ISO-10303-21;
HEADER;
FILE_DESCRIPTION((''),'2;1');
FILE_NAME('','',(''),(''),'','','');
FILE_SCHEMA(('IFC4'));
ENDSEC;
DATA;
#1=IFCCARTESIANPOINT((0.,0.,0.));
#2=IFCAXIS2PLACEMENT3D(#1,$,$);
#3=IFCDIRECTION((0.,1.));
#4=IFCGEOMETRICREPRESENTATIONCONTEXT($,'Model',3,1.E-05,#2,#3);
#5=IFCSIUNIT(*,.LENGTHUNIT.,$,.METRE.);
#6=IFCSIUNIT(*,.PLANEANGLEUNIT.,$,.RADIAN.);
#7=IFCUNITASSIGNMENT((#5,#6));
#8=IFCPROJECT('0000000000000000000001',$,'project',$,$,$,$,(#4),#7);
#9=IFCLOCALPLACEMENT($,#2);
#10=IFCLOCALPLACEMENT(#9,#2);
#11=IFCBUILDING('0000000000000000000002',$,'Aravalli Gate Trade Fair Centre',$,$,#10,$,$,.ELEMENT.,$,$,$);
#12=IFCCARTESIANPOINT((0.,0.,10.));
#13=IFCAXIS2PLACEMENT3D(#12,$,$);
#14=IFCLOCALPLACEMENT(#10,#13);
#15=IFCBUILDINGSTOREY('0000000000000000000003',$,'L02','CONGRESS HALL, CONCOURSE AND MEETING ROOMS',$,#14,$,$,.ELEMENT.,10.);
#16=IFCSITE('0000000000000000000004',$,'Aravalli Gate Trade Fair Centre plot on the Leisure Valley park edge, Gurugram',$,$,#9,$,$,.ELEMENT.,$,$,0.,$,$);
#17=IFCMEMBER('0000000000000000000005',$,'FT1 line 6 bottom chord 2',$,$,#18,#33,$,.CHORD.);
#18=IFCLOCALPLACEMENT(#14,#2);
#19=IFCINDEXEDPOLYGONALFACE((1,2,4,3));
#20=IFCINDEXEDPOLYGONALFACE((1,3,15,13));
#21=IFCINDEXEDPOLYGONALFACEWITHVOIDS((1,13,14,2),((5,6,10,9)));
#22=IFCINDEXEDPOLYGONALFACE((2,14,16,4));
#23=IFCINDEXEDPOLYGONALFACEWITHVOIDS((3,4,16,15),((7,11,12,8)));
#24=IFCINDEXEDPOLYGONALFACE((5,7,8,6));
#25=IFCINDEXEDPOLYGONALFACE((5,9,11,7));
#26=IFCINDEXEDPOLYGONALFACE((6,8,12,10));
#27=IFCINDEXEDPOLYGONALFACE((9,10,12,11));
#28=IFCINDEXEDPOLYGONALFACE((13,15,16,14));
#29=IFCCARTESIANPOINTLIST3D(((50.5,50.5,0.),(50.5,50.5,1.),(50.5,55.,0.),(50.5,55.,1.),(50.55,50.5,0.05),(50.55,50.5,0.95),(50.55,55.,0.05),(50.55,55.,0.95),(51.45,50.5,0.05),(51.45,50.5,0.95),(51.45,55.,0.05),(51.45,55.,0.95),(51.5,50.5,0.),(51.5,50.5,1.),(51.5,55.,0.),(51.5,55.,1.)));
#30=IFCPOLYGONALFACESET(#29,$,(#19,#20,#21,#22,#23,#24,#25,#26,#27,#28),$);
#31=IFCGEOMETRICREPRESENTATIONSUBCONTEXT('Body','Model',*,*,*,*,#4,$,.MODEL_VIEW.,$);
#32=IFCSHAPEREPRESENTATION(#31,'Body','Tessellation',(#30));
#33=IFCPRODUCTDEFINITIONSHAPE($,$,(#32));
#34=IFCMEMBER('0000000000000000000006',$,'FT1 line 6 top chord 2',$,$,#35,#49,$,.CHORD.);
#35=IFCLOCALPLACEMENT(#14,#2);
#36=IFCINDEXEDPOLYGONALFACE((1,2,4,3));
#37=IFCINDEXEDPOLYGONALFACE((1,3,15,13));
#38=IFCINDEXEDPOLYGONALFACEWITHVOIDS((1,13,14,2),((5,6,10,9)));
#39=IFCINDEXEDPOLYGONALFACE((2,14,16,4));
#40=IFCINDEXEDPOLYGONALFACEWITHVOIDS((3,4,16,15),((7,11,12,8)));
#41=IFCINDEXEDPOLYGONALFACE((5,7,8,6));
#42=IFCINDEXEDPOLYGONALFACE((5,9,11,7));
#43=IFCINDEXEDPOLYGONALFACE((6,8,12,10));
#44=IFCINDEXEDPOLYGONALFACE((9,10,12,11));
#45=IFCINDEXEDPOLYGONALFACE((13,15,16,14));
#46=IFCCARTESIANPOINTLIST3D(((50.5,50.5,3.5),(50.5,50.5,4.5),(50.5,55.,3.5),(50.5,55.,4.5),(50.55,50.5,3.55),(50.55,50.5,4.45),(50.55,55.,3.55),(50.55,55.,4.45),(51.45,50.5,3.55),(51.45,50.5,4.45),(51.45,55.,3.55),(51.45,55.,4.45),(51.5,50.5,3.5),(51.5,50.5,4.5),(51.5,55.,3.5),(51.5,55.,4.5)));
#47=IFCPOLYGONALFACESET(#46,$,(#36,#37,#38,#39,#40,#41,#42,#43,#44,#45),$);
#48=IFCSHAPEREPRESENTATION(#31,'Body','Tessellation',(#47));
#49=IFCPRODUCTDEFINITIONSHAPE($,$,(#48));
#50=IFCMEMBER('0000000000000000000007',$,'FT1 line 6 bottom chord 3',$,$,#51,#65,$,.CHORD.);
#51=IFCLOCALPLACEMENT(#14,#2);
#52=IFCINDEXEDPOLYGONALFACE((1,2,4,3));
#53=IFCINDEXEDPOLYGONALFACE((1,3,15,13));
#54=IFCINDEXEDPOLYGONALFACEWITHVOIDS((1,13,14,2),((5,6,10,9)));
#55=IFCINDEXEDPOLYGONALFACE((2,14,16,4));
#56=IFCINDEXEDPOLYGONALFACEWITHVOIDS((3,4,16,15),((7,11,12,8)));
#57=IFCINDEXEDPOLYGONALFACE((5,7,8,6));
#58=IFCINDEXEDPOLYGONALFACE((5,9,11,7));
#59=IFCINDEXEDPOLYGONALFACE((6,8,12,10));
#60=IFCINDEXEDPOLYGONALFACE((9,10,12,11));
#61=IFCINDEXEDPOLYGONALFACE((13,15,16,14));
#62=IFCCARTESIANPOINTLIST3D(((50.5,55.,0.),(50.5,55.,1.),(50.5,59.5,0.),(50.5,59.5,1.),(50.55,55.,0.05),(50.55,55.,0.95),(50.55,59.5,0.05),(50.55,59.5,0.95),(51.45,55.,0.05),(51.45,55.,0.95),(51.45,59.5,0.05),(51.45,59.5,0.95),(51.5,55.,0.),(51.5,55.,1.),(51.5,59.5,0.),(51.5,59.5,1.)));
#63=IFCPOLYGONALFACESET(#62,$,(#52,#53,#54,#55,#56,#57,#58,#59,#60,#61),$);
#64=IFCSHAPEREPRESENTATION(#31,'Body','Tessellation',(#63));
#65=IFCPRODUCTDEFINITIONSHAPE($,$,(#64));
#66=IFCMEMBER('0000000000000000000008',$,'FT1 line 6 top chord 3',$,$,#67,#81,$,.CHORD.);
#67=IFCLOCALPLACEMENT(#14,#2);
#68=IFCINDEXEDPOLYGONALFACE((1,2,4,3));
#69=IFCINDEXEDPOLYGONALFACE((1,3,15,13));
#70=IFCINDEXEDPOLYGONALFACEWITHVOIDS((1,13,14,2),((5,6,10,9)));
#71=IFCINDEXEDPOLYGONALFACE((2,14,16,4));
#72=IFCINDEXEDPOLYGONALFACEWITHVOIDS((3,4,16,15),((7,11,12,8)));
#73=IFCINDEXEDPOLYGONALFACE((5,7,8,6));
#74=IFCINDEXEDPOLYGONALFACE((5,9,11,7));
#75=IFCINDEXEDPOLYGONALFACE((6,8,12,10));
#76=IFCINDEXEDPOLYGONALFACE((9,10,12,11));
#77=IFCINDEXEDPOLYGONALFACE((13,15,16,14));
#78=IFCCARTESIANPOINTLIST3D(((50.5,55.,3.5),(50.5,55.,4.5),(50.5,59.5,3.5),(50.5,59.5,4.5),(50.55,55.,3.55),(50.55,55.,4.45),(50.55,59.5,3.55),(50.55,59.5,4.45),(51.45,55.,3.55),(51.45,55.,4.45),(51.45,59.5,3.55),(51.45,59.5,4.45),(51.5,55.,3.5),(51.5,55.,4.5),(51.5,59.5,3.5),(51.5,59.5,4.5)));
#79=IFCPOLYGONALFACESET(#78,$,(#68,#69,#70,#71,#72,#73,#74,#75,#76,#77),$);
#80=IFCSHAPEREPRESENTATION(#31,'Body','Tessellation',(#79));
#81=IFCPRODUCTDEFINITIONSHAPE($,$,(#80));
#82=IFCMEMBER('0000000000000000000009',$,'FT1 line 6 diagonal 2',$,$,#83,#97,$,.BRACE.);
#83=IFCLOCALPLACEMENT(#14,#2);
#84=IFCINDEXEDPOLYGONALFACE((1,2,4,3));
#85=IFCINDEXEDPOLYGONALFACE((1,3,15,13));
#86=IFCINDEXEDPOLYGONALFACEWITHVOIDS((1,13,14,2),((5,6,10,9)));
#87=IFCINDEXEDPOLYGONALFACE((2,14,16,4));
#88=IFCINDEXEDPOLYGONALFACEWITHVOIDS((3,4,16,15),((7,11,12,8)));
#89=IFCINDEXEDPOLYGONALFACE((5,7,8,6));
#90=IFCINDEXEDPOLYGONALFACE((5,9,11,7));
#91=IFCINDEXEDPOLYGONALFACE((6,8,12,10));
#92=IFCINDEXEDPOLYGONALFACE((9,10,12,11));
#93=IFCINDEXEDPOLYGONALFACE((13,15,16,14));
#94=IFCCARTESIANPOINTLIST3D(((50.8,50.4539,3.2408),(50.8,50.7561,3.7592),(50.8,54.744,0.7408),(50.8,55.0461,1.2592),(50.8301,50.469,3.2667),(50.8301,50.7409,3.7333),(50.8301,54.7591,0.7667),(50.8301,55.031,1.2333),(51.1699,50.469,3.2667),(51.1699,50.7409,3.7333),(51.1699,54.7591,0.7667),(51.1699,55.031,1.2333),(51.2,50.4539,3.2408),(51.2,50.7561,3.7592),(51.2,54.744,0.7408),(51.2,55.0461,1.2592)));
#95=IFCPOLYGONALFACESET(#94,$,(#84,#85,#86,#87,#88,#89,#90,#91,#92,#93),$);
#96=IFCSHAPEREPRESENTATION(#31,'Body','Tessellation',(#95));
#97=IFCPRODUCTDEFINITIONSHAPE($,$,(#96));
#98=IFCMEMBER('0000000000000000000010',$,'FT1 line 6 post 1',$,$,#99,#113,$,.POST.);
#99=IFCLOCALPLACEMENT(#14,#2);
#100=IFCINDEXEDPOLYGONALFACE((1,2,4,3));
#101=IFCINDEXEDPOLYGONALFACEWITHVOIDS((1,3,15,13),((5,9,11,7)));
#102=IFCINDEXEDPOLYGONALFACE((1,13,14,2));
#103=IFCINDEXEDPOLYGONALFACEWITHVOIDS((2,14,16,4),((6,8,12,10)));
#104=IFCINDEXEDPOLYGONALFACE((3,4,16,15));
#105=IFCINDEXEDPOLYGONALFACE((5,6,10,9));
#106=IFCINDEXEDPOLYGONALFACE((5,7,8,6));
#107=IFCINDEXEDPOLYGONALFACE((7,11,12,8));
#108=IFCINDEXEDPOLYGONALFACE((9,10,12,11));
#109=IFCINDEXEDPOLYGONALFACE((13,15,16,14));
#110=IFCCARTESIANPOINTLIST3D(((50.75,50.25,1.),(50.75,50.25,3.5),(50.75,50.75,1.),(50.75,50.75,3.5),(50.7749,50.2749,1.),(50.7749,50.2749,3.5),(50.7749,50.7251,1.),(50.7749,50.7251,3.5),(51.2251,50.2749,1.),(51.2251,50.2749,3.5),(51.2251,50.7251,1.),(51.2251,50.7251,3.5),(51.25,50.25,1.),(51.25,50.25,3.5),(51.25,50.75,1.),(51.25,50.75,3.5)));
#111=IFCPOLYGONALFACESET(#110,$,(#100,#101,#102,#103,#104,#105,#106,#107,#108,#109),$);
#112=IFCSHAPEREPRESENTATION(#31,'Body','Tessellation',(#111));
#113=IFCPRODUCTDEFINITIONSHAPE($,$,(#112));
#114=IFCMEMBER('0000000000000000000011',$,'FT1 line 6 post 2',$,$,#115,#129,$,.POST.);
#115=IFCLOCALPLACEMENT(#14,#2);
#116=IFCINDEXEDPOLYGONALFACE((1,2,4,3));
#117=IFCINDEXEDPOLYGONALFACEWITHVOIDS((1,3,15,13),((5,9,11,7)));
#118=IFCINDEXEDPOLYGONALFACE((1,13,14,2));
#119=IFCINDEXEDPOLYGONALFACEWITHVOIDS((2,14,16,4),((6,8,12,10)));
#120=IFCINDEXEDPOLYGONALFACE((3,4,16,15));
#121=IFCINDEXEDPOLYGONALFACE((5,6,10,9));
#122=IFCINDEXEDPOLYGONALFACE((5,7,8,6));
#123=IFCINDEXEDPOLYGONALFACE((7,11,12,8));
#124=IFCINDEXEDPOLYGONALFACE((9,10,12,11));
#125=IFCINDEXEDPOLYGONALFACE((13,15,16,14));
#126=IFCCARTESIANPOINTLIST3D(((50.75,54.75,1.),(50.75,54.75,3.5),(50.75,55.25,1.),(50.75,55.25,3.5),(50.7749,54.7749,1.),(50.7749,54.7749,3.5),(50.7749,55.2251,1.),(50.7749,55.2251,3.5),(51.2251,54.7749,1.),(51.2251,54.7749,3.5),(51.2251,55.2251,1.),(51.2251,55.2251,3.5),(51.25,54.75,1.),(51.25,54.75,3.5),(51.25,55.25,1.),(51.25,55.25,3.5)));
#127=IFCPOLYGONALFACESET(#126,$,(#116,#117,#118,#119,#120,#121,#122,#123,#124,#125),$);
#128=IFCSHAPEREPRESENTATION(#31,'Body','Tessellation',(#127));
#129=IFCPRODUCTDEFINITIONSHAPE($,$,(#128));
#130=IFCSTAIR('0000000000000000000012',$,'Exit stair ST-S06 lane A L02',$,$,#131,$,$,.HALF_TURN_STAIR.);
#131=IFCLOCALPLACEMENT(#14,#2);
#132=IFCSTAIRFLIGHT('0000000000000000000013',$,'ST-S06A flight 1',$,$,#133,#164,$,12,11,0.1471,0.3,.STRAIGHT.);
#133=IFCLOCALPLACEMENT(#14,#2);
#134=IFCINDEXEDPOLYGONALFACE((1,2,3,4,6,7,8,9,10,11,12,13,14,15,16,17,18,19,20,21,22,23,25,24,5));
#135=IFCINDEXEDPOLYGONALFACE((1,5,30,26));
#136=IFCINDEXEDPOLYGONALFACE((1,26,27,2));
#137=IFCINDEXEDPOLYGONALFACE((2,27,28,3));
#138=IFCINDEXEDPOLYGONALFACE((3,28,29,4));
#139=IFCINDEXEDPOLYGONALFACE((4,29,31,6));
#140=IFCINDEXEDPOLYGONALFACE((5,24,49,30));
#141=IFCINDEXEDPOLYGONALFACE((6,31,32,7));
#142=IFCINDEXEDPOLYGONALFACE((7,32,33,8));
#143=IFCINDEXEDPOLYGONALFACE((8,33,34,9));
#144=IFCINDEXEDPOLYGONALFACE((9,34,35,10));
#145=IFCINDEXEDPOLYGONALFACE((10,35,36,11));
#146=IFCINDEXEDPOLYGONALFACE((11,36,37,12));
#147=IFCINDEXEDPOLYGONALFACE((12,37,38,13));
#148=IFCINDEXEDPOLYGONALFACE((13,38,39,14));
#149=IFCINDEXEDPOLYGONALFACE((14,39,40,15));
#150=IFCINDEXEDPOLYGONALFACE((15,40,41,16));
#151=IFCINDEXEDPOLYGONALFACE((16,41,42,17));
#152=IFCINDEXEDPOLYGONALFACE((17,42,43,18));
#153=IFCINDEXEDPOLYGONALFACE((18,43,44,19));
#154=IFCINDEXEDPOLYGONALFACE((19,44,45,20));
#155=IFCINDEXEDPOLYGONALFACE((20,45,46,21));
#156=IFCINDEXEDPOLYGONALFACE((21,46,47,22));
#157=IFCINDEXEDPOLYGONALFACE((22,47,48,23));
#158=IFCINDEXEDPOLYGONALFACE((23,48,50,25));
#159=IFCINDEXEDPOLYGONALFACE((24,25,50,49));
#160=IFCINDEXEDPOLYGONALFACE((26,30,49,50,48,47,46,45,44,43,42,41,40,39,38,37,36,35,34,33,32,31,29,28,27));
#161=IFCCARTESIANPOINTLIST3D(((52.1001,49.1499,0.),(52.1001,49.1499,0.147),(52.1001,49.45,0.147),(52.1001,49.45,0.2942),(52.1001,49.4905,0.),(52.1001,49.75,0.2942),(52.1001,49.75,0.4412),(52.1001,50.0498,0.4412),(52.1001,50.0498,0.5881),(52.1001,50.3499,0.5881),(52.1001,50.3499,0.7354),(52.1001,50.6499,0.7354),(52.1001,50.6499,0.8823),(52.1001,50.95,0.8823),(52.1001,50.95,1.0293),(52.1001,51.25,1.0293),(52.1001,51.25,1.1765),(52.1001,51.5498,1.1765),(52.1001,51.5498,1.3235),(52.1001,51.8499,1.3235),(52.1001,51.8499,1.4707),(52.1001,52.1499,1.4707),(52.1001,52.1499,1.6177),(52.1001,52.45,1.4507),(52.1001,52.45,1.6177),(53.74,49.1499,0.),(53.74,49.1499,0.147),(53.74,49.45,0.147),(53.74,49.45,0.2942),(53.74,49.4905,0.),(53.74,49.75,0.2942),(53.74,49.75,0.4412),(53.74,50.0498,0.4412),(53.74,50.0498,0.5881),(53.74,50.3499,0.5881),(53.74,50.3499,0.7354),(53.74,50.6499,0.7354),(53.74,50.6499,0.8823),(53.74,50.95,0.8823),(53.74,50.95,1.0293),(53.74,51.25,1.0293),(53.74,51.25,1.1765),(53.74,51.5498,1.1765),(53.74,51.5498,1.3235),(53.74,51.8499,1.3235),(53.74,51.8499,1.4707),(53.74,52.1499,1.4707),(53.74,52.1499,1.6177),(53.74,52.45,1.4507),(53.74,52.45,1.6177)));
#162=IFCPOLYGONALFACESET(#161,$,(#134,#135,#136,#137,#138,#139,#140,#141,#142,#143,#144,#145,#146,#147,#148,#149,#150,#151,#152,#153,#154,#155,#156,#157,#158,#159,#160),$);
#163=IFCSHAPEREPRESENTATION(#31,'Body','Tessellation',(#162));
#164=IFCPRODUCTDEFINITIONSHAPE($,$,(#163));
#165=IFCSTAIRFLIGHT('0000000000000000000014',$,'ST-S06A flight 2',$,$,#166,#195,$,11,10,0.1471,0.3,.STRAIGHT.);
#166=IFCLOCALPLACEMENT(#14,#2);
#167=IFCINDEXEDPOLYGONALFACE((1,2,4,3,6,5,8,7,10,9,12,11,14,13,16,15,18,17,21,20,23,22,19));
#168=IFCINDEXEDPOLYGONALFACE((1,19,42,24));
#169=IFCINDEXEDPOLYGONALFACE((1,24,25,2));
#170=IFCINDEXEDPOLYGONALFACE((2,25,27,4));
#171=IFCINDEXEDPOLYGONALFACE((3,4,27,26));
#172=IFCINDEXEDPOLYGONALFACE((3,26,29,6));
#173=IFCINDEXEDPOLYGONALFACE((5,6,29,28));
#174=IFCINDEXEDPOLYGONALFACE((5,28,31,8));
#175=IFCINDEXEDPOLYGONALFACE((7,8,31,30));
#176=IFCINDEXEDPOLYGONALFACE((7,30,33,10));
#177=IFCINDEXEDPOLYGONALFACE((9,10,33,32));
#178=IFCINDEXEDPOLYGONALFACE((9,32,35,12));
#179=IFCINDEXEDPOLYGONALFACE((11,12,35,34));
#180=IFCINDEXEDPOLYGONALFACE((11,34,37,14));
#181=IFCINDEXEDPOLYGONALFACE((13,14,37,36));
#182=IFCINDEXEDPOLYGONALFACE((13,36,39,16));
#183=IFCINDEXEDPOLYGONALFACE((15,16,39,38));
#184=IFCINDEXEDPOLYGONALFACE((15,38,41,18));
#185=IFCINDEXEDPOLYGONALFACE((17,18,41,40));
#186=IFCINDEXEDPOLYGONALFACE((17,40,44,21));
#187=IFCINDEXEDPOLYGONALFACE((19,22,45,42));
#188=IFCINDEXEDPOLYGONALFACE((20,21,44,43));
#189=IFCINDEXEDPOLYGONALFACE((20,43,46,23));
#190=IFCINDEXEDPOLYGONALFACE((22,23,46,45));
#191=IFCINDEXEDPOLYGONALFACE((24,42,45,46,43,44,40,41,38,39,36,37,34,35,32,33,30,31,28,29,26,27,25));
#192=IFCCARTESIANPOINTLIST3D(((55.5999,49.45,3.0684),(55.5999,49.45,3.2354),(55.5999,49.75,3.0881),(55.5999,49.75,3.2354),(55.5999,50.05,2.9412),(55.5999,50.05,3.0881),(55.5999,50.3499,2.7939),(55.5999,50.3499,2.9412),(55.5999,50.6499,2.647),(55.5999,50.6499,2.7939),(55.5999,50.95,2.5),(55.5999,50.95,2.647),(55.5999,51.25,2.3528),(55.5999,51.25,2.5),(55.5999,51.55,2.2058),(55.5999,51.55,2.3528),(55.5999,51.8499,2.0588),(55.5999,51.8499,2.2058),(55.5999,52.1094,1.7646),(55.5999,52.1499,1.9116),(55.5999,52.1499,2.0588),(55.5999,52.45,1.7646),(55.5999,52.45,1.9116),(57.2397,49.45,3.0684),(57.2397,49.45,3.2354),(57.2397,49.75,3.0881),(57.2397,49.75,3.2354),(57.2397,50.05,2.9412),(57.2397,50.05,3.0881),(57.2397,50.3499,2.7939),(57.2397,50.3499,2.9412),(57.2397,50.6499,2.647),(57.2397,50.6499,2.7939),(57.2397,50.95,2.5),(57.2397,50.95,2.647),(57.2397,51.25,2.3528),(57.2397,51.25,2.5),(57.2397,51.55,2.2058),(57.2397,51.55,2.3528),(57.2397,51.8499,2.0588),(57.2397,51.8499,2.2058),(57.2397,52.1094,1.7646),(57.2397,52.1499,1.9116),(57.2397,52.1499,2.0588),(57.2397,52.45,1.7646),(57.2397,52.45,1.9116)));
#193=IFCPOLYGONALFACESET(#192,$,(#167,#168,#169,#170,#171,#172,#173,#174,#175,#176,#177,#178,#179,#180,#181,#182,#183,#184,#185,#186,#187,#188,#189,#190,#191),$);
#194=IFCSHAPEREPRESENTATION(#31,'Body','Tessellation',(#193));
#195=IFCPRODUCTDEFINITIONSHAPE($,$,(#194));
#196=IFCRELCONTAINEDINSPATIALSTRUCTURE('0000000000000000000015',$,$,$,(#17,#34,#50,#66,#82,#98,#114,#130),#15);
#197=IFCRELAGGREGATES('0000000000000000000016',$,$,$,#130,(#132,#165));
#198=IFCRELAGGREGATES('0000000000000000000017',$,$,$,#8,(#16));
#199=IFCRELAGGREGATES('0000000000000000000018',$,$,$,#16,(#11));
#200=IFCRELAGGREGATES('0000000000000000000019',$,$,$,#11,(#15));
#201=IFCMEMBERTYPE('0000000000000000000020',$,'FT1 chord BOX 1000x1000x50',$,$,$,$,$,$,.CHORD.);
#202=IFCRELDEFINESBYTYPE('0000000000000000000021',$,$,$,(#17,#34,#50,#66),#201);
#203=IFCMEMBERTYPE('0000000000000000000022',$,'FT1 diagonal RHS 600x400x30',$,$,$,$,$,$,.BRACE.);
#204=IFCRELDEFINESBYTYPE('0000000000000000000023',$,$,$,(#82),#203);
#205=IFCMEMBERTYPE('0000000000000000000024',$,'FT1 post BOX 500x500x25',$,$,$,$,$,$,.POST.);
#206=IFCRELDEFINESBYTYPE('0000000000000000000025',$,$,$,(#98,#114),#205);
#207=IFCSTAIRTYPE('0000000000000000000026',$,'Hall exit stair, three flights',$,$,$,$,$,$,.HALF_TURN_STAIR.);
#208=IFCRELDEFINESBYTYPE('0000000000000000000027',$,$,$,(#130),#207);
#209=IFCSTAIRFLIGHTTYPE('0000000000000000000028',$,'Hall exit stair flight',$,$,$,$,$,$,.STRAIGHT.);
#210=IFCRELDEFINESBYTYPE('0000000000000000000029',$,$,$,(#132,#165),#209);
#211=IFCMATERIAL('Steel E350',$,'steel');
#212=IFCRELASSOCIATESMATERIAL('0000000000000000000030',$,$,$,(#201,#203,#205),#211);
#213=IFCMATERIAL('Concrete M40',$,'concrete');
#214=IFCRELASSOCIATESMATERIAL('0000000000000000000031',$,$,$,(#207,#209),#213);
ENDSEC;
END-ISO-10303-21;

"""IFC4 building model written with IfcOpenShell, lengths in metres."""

from ifc_helpers import new_model, si_unit, direction, frame, origin, origin_2d, place, context, subcontext, project, spatial, polyline, hollow_rectangle, outline, extrude, material, material_profile, profile_set, type_object, element, aggregate, save


model = new_model("IFC4")

# Units and contexts
model_context = context("Model", 3, precision=1e-05, world=origin(), true_north=direction((0.0, 1.0)))
body_context = subcontext(model_context, "Body", "Model", "MODEL_VIEW")
ifc_project = project(units=[si_unit("LENGTHUNIT", "METRE"), si_unit("PLANEANGLEUNIT", "RADIAN")], contexts=[model_context])

# Site, building, storey
site_placement = place(None, origin())
site = spatial("IfcSite", under=ifc_project, at=site_placement, Name="Aravalli Gate Trade Fair Centre plot on the Leisure Valley park edge, Gurugram", CompositionType="ELEMENT", RefElevation=0.0)
building_placement = place(site_placement, origin())
building = spatial("IfcBuilding", under=site, at=building_placement, Name="Aravalli Gate Trade Fair Centre", CompositionType="ELEMENT")
storey_placement = place(building_placement, frame((0.0, 0.0, 10.0)))
storey = spatial("IfcBuildingStorey", under=building, at=storey_placement, Name="L02", Description="CONGRESS HALL, CONCOURSE AND MEETING ROOMS", CompositionType="ELEMENT", Elevation=10.0)

# Members
ifc_material_1 = material(Name="Steel E350", Category="steel")
ifc_material_profile_1 = material_profile(ifc_material_1, hollow_rectangle(XDim=1.0, YDim=1.0, WallThickness=0.05, at=origin_2d()), Name="BOX 1000x1000x50")
ifc_profile_set_1 = profile_set([ifc_material_profile_1], Name="Steel E350")
member_type_1 = type_object("IfcMemberType", Name="FT1 chord BOX 1000x1000x50", PredefinedType="CHORD", material=ifc_profile_set_1)
for number, where, z_axis, x_axis, name in (
    (1, (51.0, 50.5, 0.5), (0.0, 1.0, 0.0), (-1.0, 0.0, 0.0), "FT1 line 6 bottom chord 2"),
    (2, (51.0, 50.5, 4.0), (0.0, 1.0, 0.0), (-1.0, 0.0, 0.0), "FT1 line 6 top chord 2"),
    (3, (51.0, 55.0, 0.5), (0.0, 1.0, 0.0), (-1.0, 0.0, 0.0), "FT1 line 6 bottom chord 3"),
    (4, (51.0, 55.0, 4.0), (0.0, 1.0, 0.0), (-1.0, 0.0, 0.0), "FT1 line 6 top chord 3"),
):
    element("IfcMember", number, at=place(storey_placement, frame(where, z_axis=z_axis, x_axis=x_axis)), inside=storey, type_object=member_type_1, Name=name, PredefinedType="CHORD", context=body_context, shape_type="SweptSolid", body=[
        extrude(hollow_rectangle(XDim=1.0, YDim=1.0, WallThickness=0.05, at=origin_2d()), origin(), (0.0, 0.0, 1.0), 4.5),
    ])
ifc_material_profile_2 = material_profile(ifc_material_1, hollow_rectangle(XDim=0.3999, YDim=0.6001, WallThickness=0.03, at=origin_2d()), Name="RHS 600x400x30")
ifc_profile_set_2 = profile_set([ifc_material_profile_2], Name="Steel E350")
member_type_2 = type_object("IfcMemberType", Name="FT1 diagonal RHS 600x400x30", PredefinedType="BRACE", material=ifc_profile_set_2)
member_placement = place(storey_placement, frame((51.0, 50.605, 3.5), z_axis=(0.0, 0.864, -0.503492), x_axis=(-1.0, 0.0, 0.0)))
element("IfcMember", 5, at=member_placement, inside=storey, type_object=member_type_2, Name="FT1 line 6 diagonal 2", PredefinedType="BRACE", context=body_context, shape_type="SweptSolid", body=[
    extrude(hollow_rectangle(XDim=0.3999, YDim=0.6001, WallThickness=0.03, at=origin_2d()), origin(), (0.0, 0.0, 1.0), 4.9653),
])
ifc_material_profile_3 = material_profile(ifc_material_1, hollow_rectangle(XDim=0.5, YDim=0.5, WallThickness=0.0249, at=origin_2d()), Name="BOX 500x500x25")
ifc_profile_set_3 = profile_set([ifc_material_profile_3], Name="Steel E350")
member_type_3 = type_object("IfcMemberType", Name="FT1 post BOX 500x500x25", PredefinedType="POST", material=ifc_profile_set_3)
for number, where, z_axis, x_axis, name in (
    (6, (51.0, 50.5, 1.0), (0.0, 0.0, 1.0), (1.0, 0.0, 0.0), "FT1 line 6 post 1"),
    (7, (51.0, 55.0, 1.0), (0.0, 0.0, 1.0), (1.0, 0.0, 0.0), "FT1 line 6 post 2"),
):
    element("IfcMember", number, at=place(storey_placement, frame(where, z_axis=z_axis, x_axis=x_axis)), inside=storey, type_object=member_type_3, Name=name, PredefinedType="POST", context=body_context, shape_type="SweptSolid", body=[
        extrude(hollow_rectangle(XDim=0.5, YDim=0.5, WallThickness=0.0249, at=origin_2d()), origin(), (0.0, 0.0, 1.0), 2.5),
    ])

# Stair, stair flights
ifc_material_2 = material(Name="Concrete M40", Category="concrete")
stair_type = type_object("IfcStairType", Name="Hall exit stair, three flights", PredefinedType="HALF_TURN_STAIR", material=ifc_material_2)
stair_1_placement = place(storey_placement, origin())
stair_1 = element("IfcStair", 8, at=stair_1_placement, inside=storey, type_object=stair_type, Name="Exit stair ST-S06 lane A L02", PredefinedType="HALF_TURN_STAIR")
stair_flight_type = type_object("IfcStairFlightType", Name="Hall exit stair flight", PredefinedType="STRAIGHT", material=ifc_material_2)
stair_flight_1_placement = place(storey_placement, frame((52.9199, 49.1499, 0.0), z_axis=(0.0, 0.0, 1.0), x_axis=(0.0, 1.0, 0.0)))
stair_flight_1 = element("IfcStairFlight", 9, at=stair_flight_1_placement, type_object=stair_flight_type, Name="ST-S06A flight 1", NumberOfRisers=12, NumberOfTreads=11, PredefinedType="STRAIGHT", RiserHeight=0.1471, TreadLength=0.3, context=body_context, shape_type="SweptSolid", body=[
    extrude(outline(polyline([(0.0, 0.0), (0.0, 0.147), (0.3, 0.147), (0.3, 0.2942), (0.6001, 0.2942), (0.6001, 0.4412), (0.8999, 0.4412), (0.8999, 0.5881), (1.2, 0.5881), (1.2, 0.7354), (1.5, 0.7354), (1.5, 0.8823), (1.8, 0.8823), (1.8, 1.0293), (2.1001, 1.0293), (2.1001, 1.1765), (2.3999, 1.1765), (2.3999, 1.3235), (2.7, 1.3235), (2.7, 1.4707), (3.0, 1.4707), (3.0, 1.6177), (3.3, 1.6177), (3.3, 1.7646), (3.3, 1.4507), (0.3406, 0.0), (0.0, 0.0)])), frame((0.0, 0.8198, 0.0), z_axis=(0.0, -1.0, 0.0), x_axis=(1.0, 0.0, 0.0)), (0.0, 0.0, 1.0), 1.6399),
])
stair_flight_2_placement = place(storey_placement, frame((56.4199, 52.45, 1.7646), z_axis=(0.0, 0.0, 1.0), x_axis=(0.0, -1.0, 0.0)))
stair_flight_2 = element("IfcStairFlight", 10, at=stair_flight_2_placement, type_object=stair_flight_type, Name="ST-S06A flight 2", NumberOfRisers=11, NumberOfTreads=10, PredefinedType="STRAIGHT", RiserHeight=0.1471, TreadLength=0.3, context=body_context, shape_type="SweptSolid", body=[
    extrude(outline(polyline([(0.0, 0.0), (0.0, 0.147), (0.3, 0.147), (0.3, 0.2942), (0.6001, 0.2942), (0.6001, 0.4412), (0.8999, 0.4412), (0.8999, 0.5881), (1.2, 0.5881), (1.2, 0.7354), (1.5, 0.7354), (1.5, 0.8823), (1.8, 0.8823), (1.8, 1.0293), (2.1001, 1.0293), (2.1001, 1.1765), (2.3999, 1.1765), (2.3999, 1.3235), (2.7, 1.3235), (2.7, 1.4707), (3.0, 1.4707), (3.0, 1.6177), (3.0, 1.3037), (0.3406, 0.0), (0.0, 0.0)])), frame((0.0, 0.8198, 0.0), z_axis=(0.0, -1.0, 0.0), x_axis=(1.0, 0.0, 0.0)), (0.0, 0.0, 1.0), 1.6399),
])
aggregate(stair_1, [stair_flight_1, stair_flight_2])

save(model, "model.ifc")
